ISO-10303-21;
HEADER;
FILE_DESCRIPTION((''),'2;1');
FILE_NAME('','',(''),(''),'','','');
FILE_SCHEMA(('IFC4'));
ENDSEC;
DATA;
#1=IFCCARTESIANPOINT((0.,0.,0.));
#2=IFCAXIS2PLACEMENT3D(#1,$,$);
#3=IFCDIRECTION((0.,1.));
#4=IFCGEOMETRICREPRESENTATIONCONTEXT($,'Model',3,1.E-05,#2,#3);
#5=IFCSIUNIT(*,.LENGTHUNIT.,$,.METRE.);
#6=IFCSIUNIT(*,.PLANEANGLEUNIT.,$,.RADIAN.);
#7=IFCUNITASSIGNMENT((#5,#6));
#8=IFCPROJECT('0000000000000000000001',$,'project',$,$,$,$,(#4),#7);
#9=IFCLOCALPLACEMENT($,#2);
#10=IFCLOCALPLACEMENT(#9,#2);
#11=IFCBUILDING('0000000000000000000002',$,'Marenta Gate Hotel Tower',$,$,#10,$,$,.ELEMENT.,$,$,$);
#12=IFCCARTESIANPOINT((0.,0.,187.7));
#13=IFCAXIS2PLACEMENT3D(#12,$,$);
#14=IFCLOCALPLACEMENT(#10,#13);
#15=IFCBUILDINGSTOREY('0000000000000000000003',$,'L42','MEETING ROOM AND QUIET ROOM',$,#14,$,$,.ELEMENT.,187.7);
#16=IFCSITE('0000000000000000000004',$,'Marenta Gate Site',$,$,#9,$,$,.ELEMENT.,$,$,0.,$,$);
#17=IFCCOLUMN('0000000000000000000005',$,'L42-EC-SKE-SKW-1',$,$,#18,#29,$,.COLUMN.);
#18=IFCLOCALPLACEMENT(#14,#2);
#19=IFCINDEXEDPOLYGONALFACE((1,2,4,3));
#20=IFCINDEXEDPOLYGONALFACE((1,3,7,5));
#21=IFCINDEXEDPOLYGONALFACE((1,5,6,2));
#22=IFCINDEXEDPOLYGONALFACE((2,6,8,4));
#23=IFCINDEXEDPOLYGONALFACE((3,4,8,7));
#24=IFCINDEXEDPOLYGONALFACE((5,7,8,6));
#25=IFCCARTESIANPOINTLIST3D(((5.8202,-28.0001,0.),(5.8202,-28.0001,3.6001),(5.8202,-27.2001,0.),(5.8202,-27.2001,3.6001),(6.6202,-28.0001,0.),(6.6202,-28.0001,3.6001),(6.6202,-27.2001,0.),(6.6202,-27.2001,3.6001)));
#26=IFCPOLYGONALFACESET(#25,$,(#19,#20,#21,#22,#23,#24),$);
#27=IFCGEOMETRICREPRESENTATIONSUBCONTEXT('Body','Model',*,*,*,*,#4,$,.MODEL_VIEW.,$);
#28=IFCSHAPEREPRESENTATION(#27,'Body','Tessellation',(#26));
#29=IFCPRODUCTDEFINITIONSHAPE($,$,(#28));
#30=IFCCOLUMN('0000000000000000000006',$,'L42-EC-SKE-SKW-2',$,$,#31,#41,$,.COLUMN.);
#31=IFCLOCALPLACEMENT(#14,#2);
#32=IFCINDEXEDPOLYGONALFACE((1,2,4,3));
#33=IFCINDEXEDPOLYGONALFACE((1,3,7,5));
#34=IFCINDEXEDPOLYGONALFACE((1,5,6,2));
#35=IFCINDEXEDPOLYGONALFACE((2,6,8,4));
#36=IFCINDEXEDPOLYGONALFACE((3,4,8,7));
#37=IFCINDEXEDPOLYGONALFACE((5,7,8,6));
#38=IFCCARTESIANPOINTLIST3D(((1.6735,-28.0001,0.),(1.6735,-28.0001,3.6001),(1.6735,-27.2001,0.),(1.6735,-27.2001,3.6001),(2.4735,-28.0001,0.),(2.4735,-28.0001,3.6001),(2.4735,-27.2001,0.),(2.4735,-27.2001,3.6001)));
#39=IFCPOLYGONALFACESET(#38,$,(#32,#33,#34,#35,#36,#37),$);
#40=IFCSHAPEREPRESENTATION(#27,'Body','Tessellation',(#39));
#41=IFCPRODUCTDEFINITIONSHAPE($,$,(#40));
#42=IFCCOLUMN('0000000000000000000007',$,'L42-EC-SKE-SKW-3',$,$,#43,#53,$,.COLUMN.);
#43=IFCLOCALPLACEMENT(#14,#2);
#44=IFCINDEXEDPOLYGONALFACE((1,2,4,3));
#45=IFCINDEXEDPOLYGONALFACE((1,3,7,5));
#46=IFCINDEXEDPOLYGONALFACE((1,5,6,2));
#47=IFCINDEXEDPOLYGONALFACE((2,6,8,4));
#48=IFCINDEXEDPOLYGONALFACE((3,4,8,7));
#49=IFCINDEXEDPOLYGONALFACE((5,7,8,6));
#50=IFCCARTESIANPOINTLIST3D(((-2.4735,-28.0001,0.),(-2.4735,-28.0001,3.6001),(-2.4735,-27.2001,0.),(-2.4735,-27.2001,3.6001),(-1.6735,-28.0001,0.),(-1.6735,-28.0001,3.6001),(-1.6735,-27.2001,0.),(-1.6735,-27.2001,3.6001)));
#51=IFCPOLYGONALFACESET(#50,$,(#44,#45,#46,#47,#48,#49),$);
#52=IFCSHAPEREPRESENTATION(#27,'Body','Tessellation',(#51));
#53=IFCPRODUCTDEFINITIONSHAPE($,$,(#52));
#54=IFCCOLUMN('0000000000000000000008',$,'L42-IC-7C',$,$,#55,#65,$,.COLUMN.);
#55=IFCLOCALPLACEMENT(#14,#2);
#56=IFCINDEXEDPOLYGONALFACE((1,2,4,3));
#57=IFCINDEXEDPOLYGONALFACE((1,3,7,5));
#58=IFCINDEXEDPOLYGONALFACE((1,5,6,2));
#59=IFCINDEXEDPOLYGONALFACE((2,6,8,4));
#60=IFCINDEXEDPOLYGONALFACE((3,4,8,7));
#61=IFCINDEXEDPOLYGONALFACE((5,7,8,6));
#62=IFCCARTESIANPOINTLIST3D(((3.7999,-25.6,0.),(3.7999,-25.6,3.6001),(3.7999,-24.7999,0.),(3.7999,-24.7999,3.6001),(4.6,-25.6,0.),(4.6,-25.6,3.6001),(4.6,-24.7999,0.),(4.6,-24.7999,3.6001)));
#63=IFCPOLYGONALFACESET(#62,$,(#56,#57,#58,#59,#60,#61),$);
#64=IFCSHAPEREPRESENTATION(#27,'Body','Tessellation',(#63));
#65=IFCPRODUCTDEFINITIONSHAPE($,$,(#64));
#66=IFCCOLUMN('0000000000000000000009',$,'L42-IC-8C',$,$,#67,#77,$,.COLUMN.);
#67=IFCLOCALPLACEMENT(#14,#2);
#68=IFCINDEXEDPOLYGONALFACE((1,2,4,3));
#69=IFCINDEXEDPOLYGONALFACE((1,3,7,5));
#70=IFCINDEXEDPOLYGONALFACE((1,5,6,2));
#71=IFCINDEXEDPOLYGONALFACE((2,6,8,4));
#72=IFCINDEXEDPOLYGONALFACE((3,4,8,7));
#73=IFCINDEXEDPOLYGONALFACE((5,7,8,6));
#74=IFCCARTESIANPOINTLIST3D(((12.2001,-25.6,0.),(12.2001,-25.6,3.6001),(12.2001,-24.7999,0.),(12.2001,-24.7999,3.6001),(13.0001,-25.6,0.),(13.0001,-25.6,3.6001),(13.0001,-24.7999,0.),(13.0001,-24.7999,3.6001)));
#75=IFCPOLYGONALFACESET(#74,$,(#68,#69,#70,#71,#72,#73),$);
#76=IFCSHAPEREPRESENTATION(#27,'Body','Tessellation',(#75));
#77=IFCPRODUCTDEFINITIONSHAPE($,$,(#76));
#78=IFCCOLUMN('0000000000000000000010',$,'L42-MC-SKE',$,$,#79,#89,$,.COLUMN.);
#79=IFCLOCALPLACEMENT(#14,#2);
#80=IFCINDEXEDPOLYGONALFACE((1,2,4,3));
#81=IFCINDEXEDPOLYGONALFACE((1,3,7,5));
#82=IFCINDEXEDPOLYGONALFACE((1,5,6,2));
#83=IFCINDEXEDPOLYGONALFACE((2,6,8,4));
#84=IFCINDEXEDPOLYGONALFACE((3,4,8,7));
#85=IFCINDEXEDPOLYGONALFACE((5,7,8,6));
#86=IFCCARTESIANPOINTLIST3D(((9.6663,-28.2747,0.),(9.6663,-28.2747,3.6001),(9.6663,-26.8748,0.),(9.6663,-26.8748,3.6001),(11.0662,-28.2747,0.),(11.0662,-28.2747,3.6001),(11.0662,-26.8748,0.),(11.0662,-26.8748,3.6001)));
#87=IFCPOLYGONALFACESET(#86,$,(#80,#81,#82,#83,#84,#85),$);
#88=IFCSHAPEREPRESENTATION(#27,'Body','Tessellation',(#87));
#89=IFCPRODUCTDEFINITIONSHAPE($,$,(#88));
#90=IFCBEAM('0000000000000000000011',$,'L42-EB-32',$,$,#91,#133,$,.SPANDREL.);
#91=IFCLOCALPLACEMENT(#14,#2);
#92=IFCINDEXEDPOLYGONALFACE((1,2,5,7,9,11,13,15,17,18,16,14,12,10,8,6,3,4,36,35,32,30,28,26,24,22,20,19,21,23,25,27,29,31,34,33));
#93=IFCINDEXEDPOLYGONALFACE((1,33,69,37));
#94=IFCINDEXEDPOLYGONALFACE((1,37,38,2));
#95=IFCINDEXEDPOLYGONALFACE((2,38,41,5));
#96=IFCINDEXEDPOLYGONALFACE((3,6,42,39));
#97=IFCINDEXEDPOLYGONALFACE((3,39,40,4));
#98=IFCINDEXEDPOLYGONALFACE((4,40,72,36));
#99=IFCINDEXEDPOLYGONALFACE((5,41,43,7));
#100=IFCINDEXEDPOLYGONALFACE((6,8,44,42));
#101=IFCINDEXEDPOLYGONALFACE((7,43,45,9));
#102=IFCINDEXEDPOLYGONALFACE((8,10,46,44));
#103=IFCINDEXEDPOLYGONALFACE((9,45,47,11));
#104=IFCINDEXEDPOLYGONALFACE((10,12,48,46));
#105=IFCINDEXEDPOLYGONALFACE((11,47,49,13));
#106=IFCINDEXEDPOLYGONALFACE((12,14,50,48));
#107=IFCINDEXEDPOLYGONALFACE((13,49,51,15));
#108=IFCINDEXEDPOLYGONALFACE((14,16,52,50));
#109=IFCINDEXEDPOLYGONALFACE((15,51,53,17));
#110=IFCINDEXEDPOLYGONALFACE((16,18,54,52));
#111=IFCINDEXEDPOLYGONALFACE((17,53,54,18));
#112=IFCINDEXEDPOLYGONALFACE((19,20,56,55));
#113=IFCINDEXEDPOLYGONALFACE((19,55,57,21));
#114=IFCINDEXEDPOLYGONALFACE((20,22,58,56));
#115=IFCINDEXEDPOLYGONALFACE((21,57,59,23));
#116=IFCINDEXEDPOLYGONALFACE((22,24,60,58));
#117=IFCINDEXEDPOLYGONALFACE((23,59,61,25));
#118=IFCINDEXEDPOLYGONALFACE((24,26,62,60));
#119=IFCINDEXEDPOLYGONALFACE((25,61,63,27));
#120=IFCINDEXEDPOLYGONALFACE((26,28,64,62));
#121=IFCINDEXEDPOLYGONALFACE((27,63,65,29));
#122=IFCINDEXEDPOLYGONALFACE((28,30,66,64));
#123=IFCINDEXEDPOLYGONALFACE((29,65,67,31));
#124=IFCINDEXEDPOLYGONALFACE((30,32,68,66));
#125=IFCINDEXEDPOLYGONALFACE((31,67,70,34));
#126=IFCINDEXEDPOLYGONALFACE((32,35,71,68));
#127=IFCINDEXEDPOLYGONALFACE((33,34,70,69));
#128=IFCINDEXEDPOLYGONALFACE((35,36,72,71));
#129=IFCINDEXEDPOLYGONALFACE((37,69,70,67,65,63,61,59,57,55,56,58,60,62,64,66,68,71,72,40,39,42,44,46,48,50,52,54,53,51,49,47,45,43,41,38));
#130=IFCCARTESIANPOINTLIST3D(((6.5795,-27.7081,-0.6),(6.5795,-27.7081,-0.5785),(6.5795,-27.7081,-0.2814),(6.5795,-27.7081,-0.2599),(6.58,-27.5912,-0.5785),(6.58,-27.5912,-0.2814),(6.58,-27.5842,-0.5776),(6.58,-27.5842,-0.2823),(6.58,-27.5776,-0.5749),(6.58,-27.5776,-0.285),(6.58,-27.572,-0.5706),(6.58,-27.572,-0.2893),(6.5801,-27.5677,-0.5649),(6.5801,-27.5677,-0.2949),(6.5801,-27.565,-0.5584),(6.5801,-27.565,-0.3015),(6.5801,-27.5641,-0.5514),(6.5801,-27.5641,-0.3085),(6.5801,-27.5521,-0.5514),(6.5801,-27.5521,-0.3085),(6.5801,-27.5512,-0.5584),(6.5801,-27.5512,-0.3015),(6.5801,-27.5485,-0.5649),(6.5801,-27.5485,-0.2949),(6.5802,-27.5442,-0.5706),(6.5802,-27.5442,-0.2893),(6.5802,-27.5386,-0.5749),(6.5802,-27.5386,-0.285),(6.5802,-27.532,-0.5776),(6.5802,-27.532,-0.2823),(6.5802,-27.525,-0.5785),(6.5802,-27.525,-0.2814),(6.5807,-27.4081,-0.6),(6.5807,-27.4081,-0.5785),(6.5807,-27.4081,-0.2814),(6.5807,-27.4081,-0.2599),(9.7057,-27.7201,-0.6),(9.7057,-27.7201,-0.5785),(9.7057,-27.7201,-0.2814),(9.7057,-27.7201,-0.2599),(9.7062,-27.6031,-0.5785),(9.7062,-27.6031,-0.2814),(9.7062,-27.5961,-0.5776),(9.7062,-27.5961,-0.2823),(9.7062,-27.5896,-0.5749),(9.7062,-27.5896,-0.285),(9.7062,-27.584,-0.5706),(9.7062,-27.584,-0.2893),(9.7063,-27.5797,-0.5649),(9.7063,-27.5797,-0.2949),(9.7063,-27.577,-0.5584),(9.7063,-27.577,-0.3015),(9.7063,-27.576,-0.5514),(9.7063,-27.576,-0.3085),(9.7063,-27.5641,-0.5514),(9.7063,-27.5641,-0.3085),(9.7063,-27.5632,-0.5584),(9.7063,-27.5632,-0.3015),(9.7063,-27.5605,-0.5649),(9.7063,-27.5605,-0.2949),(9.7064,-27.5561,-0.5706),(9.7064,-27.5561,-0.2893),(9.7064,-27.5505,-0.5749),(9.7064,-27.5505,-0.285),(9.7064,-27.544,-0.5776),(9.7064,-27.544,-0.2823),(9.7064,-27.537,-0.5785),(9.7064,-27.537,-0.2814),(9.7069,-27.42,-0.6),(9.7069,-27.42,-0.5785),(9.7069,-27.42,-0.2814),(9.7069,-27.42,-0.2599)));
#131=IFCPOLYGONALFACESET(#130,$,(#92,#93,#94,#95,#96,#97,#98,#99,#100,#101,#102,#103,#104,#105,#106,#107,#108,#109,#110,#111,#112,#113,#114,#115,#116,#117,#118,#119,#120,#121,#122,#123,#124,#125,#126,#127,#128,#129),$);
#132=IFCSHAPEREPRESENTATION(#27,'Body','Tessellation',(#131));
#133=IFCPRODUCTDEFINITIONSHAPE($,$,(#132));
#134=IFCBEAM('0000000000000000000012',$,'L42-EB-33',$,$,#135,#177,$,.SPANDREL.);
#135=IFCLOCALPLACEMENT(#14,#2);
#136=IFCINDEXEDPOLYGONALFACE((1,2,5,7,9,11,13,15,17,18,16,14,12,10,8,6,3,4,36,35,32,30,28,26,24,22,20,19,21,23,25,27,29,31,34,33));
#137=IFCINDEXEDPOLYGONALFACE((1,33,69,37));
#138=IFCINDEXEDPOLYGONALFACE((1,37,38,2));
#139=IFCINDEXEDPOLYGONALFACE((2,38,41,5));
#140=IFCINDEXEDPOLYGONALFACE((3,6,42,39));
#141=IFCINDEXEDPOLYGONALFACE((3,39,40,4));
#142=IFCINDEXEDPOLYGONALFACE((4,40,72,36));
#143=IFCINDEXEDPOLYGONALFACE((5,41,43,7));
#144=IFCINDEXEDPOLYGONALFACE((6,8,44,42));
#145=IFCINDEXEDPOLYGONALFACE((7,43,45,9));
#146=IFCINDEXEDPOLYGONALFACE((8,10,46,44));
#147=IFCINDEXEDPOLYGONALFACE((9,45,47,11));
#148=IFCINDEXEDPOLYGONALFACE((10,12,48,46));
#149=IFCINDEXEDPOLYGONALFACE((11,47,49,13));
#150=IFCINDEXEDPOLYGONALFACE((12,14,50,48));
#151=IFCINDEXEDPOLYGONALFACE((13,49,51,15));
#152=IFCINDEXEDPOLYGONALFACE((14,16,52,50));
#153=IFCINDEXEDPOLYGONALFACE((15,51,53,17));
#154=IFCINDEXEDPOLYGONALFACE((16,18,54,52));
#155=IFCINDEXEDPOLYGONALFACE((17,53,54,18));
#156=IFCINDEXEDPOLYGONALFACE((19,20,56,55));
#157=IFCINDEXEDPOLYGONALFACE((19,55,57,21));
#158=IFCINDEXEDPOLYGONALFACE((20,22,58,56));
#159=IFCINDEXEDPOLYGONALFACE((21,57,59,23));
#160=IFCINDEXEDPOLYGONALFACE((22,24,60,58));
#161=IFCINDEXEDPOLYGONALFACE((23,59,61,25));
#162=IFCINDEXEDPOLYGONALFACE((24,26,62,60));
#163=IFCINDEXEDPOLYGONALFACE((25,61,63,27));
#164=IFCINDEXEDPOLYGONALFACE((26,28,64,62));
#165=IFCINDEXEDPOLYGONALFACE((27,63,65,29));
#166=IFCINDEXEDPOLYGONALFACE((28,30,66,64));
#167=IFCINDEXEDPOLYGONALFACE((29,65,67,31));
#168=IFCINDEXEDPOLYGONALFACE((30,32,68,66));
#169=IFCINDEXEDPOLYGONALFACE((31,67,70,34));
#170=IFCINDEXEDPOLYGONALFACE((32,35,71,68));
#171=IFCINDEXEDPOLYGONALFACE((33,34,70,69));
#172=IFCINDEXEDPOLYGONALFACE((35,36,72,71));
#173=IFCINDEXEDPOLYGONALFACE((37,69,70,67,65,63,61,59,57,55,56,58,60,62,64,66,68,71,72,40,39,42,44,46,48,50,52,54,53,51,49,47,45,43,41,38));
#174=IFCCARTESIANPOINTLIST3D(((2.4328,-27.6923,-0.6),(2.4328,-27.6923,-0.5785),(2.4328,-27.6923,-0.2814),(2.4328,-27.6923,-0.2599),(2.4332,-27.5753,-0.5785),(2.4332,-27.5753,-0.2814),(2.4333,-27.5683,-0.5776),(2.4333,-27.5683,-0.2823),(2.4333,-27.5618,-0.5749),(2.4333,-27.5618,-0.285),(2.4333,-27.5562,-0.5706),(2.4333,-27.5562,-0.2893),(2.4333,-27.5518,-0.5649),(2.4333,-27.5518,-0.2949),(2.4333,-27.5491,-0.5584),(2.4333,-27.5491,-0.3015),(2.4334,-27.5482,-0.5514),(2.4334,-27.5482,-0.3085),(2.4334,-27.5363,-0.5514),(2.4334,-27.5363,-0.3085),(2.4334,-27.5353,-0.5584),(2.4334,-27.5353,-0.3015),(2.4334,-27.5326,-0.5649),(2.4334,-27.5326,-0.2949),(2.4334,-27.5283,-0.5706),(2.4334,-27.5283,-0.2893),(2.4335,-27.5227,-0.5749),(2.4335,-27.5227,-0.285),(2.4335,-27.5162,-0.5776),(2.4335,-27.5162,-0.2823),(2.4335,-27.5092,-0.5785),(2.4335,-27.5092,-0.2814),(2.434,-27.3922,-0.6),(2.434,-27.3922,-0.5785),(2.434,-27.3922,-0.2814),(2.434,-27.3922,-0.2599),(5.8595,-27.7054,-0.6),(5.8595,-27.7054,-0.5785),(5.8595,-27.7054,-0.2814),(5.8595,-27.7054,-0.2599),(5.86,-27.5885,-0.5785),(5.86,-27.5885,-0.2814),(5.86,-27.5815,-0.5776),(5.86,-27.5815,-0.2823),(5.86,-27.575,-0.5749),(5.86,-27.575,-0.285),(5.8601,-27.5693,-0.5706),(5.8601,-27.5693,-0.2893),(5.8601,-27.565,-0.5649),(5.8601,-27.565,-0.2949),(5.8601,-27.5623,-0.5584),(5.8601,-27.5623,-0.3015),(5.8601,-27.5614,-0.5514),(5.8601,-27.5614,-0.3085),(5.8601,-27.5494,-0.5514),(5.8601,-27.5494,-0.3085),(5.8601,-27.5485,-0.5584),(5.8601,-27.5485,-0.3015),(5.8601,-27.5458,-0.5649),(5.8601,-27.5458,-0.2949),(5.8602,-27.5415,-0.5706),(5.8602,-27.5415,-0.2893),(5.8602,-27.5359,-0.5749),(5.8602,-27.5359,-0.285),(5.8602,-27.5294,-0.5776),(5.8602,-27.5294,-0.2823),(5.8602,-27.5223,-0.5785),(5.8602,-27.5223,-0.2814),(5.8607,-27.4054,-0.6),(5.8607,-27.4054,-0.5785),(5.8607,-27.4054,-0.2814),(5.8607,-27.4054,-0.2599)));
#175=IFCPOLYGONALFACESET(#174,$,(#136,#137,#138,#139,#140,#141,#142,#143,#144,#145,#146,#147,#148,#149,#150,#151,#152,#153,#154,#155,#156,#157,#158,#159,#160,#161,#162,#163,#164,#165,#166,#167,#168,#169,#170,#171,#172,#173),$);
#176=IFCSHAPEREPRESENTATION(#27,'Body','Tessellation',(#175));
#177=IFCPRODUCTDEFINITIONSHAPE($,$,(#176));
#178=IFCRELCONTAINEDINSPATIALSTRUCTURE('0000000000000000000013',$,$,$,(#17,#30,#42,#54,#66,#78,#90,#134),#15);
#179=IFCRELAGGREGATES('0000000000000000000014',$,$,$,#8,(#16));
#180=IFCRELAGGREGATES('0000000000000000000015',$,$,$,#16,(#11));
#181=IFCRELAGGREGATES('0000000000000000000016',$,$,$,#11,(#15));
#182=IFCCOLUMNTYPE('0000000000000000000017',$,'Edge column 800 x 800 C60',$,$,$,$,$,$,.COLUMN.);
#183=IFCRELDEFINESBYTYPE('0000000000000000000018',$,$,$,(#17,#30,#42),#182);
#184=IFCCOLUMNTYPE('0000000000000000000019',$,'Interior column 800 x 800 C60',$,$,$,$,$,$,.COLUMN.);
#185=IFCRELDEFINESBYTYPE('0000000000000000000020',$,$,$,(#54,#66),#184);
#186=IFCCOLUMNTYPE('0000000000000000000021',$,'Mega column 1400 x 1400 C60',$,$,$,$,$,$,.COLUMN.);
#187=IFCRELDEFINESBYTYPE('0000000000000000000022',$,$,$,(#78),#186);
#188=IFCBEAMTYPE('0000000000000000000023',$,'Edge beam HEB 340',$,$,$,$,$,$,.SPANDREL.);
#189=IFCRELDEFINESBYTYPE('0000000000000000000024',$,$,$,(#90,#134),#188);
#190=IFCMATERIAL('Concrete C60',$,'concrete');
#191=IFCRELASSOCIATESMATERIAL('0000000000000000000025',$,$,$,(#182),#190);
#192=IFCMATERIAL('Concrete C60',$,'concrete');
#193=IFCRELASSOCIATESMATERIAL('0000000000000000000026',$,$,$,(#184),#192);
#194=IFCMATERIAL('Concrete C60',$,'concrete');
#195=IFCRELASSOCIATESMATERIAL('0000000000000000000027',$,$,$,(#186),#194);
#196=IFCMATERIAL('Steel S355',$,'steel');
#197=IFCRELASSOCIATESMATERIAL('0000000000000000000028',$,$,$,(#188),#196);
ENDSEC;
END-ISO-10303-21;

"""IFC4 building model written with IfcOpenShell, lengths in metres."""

from ifc_helpers import new_model, si_unit, direction, frame, origin, origin_2d, place, context, subcontext, project, spatial, rectangle, i_section, extrude, material, material_profile, profile_set, type_object, element, save


model = new_model("IFC4")

# Units and contexts
model_context = context("Model", 3, precision=1e-05, world=origin(), true_north=direction((0.0, 1.0)))
body_context = subcontext(model_context, "Body", "Model", "MODEL_VIEW")
ifc_project = project(units=[si_unit("LENGTHUNIT", "METRE"), si_unit("PLANEANGLEUNIT", "RADIAN")], contexts=[model_context])

# Site, building, storey
site_placement = place(None, origin())
site = spatial("IfcSite", under=ifc_project, at=site_placement, Name="Marenta Gate Site", CompositionType="ELEMENT", RefElevation=0.0)
building_placement = place(site_placement, origin())
building = spatial("IfcBuilding", under=site, at=building_placement, Name="Marenta Gate Hotel Tower", CompositionType="ELEMENT")
storey_placement = place(building_placement, frame((0.0, 0.0, 187.7)))
storey = spatial("IfcBuildingStorey", under=building, at=storey_placement, Name="L42", Description="MEETING ROOM AND QUIET ROOM", CompositionType="ELEMENT", Elevation=187.7)

# Columns
ifc_material_1 = material(Name="Concrete C60", Category="concrete")
ifc_material_profile_1 = material_profile(ifc_material_1, rectangle(XDim=0.8, YDim=0.8, at=origin_2d()), Name="800 x 800")
ifc_profile_set_1 = profile_set([ifc_material_profile_1], Name="Concrete C60")
column_type_1 = type_object("IfcColumnType", Name="Edge column 800 x 800 C60", PredefinedType="COLUMN", material=ifc_profile_set_1)
for number, where, z_axis, x_axis, name in (
    (1, (6.2202, -27.6001, 0.0), (0.0, 0.0, 1.0), (1.0, 0.0, 0.0), "L42-EC-SKE-SKW-1"),
    (2, (2.0735, -27.6001, 0.0), (0.0, 0.0, 1.0), (1.0, 0.0, 0.0), "L42-EC-SKE-SKW-2"),
    (3, (-2.0735, -27.6001, 0.0), (0.0, 0.0, 1.0), (1.0, 0.0, 0.0), "L42-EC-SKE-SKW-3"),
):
    element("IfcColumn", number, at=place(storey_placement, frame(where, z_axis=z_axis, x_axis=x_axis)), inside=storey, type_object=column_type_1, Name=name, PredefinedType="COLUMN", context=body_context, shape_type="SweptSolid", body=[
        extrude(rectangle(XDim=0.8, YDim=0.8, at=origin_2d()), origin(), (0.0, 0.0, 1.0), 3.6001),
    ])
ifc_material_2 = material(Name="Concrete C60", Category="concrete")
ifc_material_profile_2 = material_profile(ifc_material_2, rectangle(XDim=0.8, YDim=0.8, at=origin_2d()), Name="800 x 800")
ifc_profile_set_2 = profile_set([ifc_material_profile_2], Name="Concrete C60")
column_type_2 = type_object("IfcColumnType", Name="Interior column 800 x 800 C60", PredefinedType="COLUMN", material=ifc_profile_set_2)
for number, where, z_axis, x_axis, name in (
    (4, (4.2, -25.2, 0.0), (0.0, 0.0, 1.0), (1.0, 0.0, 0.0), "L42-IC-7C"),
    (5, (12.6001, -25.2, 0.0), (0.0, 0.0, 1.0), (1.0, 0.0, 0.0), "L42-IC-8C"),
):
    element("IfcColumn", number, at=place(storey_placement, frame(where, z_axis=z_axis, x_axis=x_axis)), inside=storey, type_object=column_type_2, Name=name, PredefinedType="COLUMN", context=body_context, shape_type="SweptSolid", body=[
        extrude(rectangle(XDim=0.8, YDim=0.8, at=origin_2d()), origin(), (0.0, 0.0, 1.0), 3.6001),
    ])
ifc_material_3 = material(Name="Concrete C60", Category="concrete")
ifc_material_profile_3 = material_profile(ifc_material_3, rectangle(XDim=1.3999, YDim=1.3999, at=origin_2d()), Name="1400 x 1400")
ifc_profile_set_3 = profile_set([ifc_material_profile_3], Name="Concrete C60")
column_type_3 = type_object("IfcColumnType", Name="Mega column 1400 x 1400 C60", PredefinedType="COLUMN", material=ifc_profile_set_3)
column_placement = place(storey_placement, frame((10.3662, -27.5747, 0.0), z_axis=(0.0, 0.0, 1.0), x_axis=(1.0, 0.0, 0.0)))
element("IfcColumn", 6, at=column_placement, inside=storey, type_object=column_type_3, Name="L42-MC-SKE", PredefinedType="COLUMN", context=body_context, shape_type="SweptSolid", body=[
    extrude(rectangle(XDim=1.3999, YDim=1.3999, at=origin_2d()), origin(), (0.0, 0.0, 1.0), 3.6001),
])

# Beams
ifc_material_4 = material(Name="Steel S355", Category="steel")
ifc_material_profile_4 = material_profile(ifc_material_4, i_section(OverallWidth=0.3, OverallDepth=0.3401, WebThickness=0.012, FlangeThickness=0.0215, FilletRadius=0.0271, at=origin_2d()), Name="HEB 340")
ifc_profile_set_4 = profile_set([ifc_material_profile_4], Name="Steel S355")
beam_type_1 = type_object("IfcBeamType", Name="Edge beam HEB 340", PredefinedType="SPANDREL", material=ifc_profile_set_4)
beam_1_placement = place(storey_placement, frame((9.7063, -27.5701, -0.4299), z_axis=(-0.999993, 0.003827, 0.0), x_axis=(-0.003827, -0.999993, 0.0)))
element("IfcBeam", 7, at=beam_1_placement, inside=storey, type_object=beam_type_1, Name="L42-EB-32", PredefinedType="SPANDREL", context=body_context, shape_type="SweptSolid", body=[
    extrude(i_section(OverallWidth=0.3, OverallDepth=0.3401, WebThickness=0.012, FlangeThickness=0.0215, FilletRadius=0.0271, at=origin_2d()), origin(), (0.0, 0.0, 1.0), 3.1262),
])
for number, where, z_axis, x_axis, name in (
    (8, (5.8601, -27.5554, -0.4299), (-0.999993, 0.003847, 0.0), (-0.003847, -0.999993, 0.0), "L42-EB-33"),
):
    element("IfcBeam", number, at=place(storey_placement, frame(where, z_axis=z_axis, x_axis=x_axis)), inside=storey, type_object=beam_type_1, Name=name, PredefinedType="SPANDREL", context=body_context, shape_type="SweptSolid", body=[
        extrude(i_section(OverallWidth=0.3, OverallDepth=0.3401, WebThickness=0.012, FlangeThickness=0.0215, FilletRadius=0.0271, at=origin_2d()), origin(), (0.0, 0.0, 1.0), 3.4268),
    ])

save(model, "model.ifc")
